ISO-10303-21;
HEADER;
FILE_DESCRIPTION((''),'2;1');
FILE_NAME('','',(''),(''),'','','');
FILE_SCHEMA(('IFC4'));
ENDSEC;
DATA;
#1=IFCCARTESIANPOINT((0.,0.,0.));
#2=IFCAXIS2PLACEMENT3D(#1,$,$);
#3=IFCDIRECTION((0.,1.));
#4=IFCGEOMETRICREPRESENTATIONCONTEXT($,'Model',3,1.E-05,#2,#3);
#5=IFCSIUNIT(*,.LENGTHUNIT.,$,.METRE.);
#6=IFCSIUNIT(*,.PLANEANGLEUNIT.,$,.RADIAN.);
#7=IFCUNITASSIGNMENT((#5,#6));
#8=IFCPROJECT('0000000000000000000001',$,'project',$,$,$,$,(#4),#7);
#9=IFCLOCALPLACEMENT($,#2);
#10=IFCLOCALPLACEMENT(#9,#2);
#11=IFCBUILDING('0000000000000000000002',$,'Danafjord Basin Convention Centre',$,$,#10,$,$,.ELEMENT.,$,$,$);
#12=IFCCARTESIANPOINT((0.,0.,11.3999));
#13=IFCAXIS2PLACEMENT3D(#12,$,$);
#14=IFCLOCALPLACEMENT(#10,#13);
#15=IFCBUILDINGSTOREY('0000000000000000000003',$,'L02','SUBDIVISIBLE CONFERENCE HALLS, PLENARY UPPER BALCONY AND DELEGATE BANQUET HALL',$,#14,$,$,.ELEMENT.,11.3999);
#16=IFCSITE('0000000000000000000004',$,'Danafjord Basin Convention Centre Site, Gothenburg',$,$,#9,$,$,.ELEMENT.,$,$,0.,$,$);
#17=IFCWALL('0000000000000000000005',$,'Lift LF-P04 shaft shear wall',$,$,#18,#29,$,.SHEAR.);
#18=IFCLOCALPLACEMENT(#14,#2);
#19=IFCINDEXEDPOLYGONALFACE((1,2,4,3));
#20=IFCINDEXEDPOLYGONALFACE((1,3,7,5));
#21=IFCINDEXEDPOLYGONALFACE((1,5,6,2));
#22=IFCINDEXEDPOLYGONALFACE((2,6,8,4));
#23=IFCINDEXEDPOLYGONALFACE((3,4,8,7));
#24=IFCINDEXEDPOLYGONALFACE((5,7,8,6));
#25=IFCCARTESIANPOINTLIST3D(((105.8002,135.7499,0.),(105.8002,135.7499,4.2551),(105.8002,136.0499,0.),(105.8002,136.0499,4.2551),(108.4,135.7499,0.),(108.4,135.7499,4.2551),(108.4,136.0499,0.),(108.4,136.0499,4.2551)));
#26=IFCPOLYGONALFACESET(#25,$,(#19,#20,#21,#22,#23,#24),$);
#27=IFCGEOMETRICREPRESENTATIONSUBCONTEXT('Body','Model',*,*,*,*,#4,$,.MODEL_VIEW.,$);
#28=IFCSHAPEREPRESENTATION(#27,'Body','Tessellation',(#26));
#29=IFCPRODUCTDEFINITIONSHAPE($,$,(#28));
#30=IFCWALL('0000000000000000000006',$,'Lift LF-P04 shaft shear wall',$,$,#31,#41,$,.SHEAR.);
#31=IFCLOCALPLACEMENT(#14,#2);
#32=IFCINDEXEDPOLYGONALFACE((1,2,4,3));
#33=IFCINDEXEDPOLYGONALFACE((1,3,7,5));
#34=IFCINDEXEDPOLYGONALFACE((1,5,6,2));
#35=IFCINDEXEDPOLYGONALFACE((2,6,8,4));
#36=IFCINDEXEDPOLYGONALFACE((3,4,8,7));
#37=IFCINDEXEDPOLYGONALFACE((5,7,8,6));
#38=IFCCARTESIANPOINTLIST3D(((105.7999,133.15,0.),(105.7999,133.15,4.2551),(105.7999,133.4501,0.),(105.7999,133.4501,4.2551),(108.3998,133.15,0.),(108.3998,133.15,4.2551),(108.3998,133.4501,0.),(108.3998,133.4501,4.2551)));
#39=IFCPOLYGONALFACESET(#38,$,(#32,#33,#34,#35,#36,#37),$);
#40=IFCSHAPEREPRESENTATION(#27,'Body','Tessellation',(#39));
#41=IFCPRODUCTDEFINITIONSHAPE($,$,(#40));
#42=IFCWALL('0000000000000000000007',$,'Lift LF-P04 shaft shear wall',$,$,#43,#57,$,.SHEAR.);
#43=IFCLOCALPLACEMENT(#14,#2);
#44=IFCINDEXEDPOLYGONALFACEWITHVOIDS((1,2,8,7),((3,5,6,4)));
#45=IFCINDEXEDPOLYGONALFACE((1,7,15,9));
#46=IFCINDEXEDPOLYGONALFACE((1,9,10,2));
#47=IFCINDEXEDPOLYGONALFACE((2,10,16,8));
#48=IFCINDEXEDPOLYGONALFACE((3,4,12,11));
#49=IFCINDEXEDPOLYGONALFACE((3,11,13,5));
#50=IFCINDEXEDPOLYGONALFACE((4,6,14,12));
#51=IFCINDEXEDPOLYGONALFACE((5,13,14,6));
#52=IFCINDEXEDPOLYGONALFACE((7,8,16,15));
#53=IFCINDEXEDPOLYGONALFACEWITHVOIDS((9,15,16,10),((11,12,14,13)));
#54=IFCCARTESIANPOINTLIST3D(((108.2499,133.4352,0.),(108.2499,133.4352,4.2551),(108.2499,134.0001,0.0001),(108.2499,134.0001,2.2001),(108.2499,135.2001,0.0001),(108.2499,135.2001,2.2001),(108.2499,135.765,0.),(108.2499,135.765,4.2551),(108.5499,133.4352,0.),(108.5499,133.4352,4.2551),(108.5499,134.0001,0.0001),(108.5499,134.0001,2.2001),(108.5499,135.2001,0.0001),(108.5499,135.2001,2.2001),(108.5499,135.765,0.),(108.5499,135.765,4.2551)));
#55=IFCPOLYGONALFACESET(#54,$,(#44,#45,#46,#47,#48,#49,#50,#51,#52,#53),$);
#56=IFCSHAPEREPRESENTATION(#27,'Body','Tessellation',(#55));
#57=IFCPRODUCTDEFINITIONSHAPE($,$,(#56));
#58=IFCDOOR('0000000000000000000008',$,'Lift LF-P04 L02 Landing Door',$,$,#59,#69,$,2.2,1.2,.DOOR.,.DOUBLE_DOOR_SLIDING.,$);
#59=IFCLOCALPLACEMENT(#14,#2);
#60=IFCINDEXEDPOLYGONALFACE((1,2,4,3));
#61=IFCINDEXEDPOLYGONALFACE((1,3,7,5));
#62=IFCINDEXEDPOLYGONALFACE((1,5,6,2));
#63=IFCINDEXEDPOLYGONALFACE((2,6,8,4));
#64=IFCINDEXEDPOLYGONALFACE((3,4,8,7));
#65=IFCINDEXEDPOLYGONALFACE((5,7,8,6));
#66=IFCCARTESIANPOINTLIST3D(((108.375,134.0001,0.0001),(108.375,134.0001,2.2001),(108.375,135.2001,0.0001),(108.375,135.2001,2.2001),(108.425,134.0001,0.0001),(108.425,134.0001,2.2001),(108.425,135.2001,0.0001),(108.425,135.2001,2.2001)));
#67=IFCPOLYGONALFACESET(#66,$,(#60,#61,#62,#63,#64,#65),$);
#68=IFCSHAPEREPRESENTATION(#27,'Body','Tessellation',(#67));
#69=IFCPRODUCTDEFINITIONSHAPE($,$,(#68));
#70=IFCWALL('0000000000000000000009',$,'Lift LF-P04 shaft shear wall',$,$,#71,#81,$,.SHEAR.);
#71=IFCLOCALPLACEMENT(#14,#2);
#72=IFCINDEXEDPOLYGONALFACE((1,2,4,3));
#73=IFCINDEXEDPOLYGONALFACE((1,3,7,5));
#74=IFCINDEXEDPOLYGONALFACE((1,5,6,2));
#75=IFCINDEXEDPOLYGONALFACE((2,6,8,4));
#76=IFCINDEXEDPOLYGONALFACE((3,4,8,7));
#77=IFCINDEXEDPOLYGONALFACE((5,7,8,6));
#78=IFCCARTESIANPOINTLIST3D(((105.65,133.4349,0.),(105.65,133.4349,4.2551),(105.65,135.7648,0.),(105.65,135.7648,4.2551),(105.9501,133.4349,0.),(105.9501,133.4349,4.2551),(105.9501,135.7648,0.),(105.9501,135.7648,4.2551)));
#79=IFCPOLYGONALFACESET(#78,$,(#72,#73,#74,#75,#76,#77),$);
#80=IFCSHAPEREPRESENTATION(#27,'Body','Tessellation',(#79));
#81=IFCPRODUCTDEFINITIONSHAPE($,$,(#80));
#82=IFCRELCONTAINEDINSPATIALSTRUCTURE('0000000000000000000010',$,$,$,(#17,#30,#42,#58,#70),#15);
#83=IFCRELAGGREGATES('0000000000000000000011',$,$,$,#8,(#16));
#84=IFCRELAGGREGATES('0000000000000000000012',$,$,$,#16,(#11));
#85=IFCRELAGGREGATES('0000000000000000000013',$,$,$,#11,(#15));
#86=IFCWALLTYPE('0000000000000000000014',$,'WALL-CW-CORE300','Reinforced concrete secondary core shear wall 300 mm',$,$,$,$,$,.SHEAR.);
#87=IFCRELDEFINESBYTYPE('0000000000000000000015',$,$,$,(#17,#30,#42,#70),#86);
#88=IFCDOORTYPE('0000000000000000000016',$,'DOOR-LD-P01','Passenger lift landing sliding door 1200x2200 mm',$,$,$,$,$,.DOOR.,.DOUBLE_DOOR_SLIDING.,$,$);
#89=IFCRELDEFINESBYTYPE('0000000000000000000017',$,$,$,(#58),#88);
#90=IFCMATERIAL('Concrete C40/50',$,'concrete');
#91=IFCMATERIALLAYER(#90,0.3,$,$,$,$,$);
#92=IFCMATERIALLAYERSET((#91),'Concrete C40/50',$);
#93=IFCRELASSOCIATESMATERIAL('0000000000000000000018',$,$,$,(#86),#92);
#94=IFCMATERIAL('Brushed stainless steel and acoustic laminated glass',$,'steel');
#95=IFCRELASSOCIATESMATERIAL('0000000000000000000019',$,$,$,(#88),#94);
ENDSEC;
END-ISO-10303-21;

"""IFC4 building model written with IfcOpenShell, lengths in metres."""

from ifc_helpers import new_model, si_unit, direction, frame, frame_2d, origin, place, context, subcontext, project, spatial, rectangle, extrude, material, layer, layer_set, type_object, element, fill, save


model = new_model("IFC4")

# Units and contexts
model_context = context("Model", 3, precision=1e-05, world=origin(), true_north=direction((0.0, 1.0)))
body_context = subcontext(model_context, "Body", "Model", "MODEL_VIEW")
ifc_project = project(units=[si_unit("LENGTHUNIT", "METRE"), si_unit("PLANEANGLEUNIT", "RADIAN")], contexts=[model_context])

# Site, building, storey
site_placement = place(None, origin())
site = spatial("IfcSite", under=ifc_project, at=site_placement, Name="Danafjord Basin Convention Centre Site, Gothenburg", CompositionType="ELEMENT", RefElevation=0.0)
building_placement = place(site_placement, origin())
building = spatial("IfcBuilding", under=site, at=building_placement, Name="Danafjord Basin Convention Centre", CompositionType="ELEMENT")
storey_placement = place(building_placement, frame((0.0, 0.0, 11.3999)))
storey = spatial("IfcBuildingStorey", under=building, at=storey_placement, Name="L02", Description="SUBDIVISIBLE CONFERENCE HALLS, PLENARY UPPER BALCONY AND DELEGATE BANQUET HALL", CompositionType="ELEMENT", Elevation=11.3999)

# Shared definitions
ifc_material_1 = material(Name="Concrete C40/50", Category="concrete")
ifc_layer = layer(ifc_material_1, 0.3)
ifc_layer_set = layer_set([ifc_layer], Name="Concrete C40/50")
wall_type = type_object("IfcWallType", Name="WALL-CW-CORE300", Description="Reinforced concrete secondary core shear wall 300 mm", PredefinedType="SHEAR", material=ifc_layer_set)

# Walls
for number, where, z_axis, x_axis, name in (
    (1, (108.3999, 135.8999, 0.0), (0.0, 0.0, 1.0), (-1.0, 0.0, 0.0), "Lift LF-P04 shaft shear wall"),
    (2, (105.8, 133.3, 0.0), (0.0, 0.0, 1.0), (1.0, 0.0, 0.0), "Lift LF-P04 shaft shear wall"),
):
    element("IfcWall", number, at=place(storey_placement, frame(where, z_axis=z_axis, x_axis=x_axis)), inside=storey, type_object=wall_type, Name=name, PredefinedType="SHEAR", context=body_context, shape_type="SweptSolid", body=[
        extrude(rectangle(XDim=2.5999, YDim=0.3, at=frame_2d((1.2998, 0.0))), origin(), (0.0, 0.0, 1.0), 4.2551),
    ])

# Wall, opening, door
wall_1_placement = place(storey_placement, frame((108.3999, 133.4351, 0.0), z_axis=(0.0, 0.0, 1.0), x_axis=(0.0, 1.0, 0.0)))
wall_1 = element("IfcWall", 3, at=wall_1_placement, inside=storey, type_object=wall_type, Name="Lift LF-P04 shaft shear wall", PredefinedType="SHEAR", context=body_context, shape_type="SweptSolid", body=[
    extrude(rectangle(XDim=2.3298, YDim=0.3, at=frame_2d((1.165, 0.0))), origin(), (0.0, 0.0, 1.0), 4.2551),
])
opening_1_placement = place(wall_1_placement, frame((0.5649, 0.0, 0.0)))
opening_1 = element("IfcOpeningElement", 4, at=opening_1_placement, cuts=wall_1, PredefinedType="OPENING", context=body_context, shape_type="SweptSolid", body=[
    extrude(rectangle(XDim=1.2, YDim=2.2, at=frame_2d((0.6001, 1.1001))), frame((0.0, 0.1599, 0.0), z_axis=(0.0, -1.0, 0.0), x_axis=(1.0, 0.0, 0.0)), (0.0, 0.0, 1.0), 0.3201),
])
ifc_material_2 = material(Name="Brushed stainless steel and acoustic laminated glass", Category="steel")
door_type_1 = type_object("IfcDoorType", Name="DOOR-LD-P01", Description="Passenger lift landing sliding door 1200x2200 mm", OperationType="DOUBLE_DOOR_SLIDING", PredefinedType="DOOR", material=ifc_material_2)
door_1_placement = place(opening_1_placement, origin())
door_1 = element("IfcDoor", 5, at=door_1_placement, inside=storey, type_object=door_type_1, Name="Lift LF-P04 L02 Landing Door", OperationType="DOUBLE_DOOR_SLIDING", OverallHeight=2.2, OverallWidth=1.2, PredefinedType="DOOR", context=body_context, shape_type="SweptSolid", body=[
    extrude(rectangle(XDim=1.2, YDim=2.2, at=frame_2d((0.6001, 1.1001))), frame((0.0, 0.0249, 0.0), z_axis=(0.0, -1.0, 0.0), x_axis=(1.0, 0.0, 0.0)), (0.0, 0.0, 1.0), 0.05),
])
fill(opening_1, door_1)

# Wall
wall_2_placement = place(storey_placement, frame((105.8, 135.7649, 0.0), z_axis=(0.0, 0.0, 1.0), x_axis=(0.0, -1.0, 0.0)))
element("IfcWall", 6, at=wall_2_placement, inside=storey, type_object=wall_type, Name="Lift LF-P04 shaft shear wall", PredefinedType="SHEAR", context=body_context, shape_type="SweptSolid", body=[
    extrude(rectangle(XDim=2.3298, YDim=0.3, at=frame_2d((1.165, 0.0))), origin(), (0.0, 0.0, 1.0), 4.2551),
])

save(model, "model.ifc")
